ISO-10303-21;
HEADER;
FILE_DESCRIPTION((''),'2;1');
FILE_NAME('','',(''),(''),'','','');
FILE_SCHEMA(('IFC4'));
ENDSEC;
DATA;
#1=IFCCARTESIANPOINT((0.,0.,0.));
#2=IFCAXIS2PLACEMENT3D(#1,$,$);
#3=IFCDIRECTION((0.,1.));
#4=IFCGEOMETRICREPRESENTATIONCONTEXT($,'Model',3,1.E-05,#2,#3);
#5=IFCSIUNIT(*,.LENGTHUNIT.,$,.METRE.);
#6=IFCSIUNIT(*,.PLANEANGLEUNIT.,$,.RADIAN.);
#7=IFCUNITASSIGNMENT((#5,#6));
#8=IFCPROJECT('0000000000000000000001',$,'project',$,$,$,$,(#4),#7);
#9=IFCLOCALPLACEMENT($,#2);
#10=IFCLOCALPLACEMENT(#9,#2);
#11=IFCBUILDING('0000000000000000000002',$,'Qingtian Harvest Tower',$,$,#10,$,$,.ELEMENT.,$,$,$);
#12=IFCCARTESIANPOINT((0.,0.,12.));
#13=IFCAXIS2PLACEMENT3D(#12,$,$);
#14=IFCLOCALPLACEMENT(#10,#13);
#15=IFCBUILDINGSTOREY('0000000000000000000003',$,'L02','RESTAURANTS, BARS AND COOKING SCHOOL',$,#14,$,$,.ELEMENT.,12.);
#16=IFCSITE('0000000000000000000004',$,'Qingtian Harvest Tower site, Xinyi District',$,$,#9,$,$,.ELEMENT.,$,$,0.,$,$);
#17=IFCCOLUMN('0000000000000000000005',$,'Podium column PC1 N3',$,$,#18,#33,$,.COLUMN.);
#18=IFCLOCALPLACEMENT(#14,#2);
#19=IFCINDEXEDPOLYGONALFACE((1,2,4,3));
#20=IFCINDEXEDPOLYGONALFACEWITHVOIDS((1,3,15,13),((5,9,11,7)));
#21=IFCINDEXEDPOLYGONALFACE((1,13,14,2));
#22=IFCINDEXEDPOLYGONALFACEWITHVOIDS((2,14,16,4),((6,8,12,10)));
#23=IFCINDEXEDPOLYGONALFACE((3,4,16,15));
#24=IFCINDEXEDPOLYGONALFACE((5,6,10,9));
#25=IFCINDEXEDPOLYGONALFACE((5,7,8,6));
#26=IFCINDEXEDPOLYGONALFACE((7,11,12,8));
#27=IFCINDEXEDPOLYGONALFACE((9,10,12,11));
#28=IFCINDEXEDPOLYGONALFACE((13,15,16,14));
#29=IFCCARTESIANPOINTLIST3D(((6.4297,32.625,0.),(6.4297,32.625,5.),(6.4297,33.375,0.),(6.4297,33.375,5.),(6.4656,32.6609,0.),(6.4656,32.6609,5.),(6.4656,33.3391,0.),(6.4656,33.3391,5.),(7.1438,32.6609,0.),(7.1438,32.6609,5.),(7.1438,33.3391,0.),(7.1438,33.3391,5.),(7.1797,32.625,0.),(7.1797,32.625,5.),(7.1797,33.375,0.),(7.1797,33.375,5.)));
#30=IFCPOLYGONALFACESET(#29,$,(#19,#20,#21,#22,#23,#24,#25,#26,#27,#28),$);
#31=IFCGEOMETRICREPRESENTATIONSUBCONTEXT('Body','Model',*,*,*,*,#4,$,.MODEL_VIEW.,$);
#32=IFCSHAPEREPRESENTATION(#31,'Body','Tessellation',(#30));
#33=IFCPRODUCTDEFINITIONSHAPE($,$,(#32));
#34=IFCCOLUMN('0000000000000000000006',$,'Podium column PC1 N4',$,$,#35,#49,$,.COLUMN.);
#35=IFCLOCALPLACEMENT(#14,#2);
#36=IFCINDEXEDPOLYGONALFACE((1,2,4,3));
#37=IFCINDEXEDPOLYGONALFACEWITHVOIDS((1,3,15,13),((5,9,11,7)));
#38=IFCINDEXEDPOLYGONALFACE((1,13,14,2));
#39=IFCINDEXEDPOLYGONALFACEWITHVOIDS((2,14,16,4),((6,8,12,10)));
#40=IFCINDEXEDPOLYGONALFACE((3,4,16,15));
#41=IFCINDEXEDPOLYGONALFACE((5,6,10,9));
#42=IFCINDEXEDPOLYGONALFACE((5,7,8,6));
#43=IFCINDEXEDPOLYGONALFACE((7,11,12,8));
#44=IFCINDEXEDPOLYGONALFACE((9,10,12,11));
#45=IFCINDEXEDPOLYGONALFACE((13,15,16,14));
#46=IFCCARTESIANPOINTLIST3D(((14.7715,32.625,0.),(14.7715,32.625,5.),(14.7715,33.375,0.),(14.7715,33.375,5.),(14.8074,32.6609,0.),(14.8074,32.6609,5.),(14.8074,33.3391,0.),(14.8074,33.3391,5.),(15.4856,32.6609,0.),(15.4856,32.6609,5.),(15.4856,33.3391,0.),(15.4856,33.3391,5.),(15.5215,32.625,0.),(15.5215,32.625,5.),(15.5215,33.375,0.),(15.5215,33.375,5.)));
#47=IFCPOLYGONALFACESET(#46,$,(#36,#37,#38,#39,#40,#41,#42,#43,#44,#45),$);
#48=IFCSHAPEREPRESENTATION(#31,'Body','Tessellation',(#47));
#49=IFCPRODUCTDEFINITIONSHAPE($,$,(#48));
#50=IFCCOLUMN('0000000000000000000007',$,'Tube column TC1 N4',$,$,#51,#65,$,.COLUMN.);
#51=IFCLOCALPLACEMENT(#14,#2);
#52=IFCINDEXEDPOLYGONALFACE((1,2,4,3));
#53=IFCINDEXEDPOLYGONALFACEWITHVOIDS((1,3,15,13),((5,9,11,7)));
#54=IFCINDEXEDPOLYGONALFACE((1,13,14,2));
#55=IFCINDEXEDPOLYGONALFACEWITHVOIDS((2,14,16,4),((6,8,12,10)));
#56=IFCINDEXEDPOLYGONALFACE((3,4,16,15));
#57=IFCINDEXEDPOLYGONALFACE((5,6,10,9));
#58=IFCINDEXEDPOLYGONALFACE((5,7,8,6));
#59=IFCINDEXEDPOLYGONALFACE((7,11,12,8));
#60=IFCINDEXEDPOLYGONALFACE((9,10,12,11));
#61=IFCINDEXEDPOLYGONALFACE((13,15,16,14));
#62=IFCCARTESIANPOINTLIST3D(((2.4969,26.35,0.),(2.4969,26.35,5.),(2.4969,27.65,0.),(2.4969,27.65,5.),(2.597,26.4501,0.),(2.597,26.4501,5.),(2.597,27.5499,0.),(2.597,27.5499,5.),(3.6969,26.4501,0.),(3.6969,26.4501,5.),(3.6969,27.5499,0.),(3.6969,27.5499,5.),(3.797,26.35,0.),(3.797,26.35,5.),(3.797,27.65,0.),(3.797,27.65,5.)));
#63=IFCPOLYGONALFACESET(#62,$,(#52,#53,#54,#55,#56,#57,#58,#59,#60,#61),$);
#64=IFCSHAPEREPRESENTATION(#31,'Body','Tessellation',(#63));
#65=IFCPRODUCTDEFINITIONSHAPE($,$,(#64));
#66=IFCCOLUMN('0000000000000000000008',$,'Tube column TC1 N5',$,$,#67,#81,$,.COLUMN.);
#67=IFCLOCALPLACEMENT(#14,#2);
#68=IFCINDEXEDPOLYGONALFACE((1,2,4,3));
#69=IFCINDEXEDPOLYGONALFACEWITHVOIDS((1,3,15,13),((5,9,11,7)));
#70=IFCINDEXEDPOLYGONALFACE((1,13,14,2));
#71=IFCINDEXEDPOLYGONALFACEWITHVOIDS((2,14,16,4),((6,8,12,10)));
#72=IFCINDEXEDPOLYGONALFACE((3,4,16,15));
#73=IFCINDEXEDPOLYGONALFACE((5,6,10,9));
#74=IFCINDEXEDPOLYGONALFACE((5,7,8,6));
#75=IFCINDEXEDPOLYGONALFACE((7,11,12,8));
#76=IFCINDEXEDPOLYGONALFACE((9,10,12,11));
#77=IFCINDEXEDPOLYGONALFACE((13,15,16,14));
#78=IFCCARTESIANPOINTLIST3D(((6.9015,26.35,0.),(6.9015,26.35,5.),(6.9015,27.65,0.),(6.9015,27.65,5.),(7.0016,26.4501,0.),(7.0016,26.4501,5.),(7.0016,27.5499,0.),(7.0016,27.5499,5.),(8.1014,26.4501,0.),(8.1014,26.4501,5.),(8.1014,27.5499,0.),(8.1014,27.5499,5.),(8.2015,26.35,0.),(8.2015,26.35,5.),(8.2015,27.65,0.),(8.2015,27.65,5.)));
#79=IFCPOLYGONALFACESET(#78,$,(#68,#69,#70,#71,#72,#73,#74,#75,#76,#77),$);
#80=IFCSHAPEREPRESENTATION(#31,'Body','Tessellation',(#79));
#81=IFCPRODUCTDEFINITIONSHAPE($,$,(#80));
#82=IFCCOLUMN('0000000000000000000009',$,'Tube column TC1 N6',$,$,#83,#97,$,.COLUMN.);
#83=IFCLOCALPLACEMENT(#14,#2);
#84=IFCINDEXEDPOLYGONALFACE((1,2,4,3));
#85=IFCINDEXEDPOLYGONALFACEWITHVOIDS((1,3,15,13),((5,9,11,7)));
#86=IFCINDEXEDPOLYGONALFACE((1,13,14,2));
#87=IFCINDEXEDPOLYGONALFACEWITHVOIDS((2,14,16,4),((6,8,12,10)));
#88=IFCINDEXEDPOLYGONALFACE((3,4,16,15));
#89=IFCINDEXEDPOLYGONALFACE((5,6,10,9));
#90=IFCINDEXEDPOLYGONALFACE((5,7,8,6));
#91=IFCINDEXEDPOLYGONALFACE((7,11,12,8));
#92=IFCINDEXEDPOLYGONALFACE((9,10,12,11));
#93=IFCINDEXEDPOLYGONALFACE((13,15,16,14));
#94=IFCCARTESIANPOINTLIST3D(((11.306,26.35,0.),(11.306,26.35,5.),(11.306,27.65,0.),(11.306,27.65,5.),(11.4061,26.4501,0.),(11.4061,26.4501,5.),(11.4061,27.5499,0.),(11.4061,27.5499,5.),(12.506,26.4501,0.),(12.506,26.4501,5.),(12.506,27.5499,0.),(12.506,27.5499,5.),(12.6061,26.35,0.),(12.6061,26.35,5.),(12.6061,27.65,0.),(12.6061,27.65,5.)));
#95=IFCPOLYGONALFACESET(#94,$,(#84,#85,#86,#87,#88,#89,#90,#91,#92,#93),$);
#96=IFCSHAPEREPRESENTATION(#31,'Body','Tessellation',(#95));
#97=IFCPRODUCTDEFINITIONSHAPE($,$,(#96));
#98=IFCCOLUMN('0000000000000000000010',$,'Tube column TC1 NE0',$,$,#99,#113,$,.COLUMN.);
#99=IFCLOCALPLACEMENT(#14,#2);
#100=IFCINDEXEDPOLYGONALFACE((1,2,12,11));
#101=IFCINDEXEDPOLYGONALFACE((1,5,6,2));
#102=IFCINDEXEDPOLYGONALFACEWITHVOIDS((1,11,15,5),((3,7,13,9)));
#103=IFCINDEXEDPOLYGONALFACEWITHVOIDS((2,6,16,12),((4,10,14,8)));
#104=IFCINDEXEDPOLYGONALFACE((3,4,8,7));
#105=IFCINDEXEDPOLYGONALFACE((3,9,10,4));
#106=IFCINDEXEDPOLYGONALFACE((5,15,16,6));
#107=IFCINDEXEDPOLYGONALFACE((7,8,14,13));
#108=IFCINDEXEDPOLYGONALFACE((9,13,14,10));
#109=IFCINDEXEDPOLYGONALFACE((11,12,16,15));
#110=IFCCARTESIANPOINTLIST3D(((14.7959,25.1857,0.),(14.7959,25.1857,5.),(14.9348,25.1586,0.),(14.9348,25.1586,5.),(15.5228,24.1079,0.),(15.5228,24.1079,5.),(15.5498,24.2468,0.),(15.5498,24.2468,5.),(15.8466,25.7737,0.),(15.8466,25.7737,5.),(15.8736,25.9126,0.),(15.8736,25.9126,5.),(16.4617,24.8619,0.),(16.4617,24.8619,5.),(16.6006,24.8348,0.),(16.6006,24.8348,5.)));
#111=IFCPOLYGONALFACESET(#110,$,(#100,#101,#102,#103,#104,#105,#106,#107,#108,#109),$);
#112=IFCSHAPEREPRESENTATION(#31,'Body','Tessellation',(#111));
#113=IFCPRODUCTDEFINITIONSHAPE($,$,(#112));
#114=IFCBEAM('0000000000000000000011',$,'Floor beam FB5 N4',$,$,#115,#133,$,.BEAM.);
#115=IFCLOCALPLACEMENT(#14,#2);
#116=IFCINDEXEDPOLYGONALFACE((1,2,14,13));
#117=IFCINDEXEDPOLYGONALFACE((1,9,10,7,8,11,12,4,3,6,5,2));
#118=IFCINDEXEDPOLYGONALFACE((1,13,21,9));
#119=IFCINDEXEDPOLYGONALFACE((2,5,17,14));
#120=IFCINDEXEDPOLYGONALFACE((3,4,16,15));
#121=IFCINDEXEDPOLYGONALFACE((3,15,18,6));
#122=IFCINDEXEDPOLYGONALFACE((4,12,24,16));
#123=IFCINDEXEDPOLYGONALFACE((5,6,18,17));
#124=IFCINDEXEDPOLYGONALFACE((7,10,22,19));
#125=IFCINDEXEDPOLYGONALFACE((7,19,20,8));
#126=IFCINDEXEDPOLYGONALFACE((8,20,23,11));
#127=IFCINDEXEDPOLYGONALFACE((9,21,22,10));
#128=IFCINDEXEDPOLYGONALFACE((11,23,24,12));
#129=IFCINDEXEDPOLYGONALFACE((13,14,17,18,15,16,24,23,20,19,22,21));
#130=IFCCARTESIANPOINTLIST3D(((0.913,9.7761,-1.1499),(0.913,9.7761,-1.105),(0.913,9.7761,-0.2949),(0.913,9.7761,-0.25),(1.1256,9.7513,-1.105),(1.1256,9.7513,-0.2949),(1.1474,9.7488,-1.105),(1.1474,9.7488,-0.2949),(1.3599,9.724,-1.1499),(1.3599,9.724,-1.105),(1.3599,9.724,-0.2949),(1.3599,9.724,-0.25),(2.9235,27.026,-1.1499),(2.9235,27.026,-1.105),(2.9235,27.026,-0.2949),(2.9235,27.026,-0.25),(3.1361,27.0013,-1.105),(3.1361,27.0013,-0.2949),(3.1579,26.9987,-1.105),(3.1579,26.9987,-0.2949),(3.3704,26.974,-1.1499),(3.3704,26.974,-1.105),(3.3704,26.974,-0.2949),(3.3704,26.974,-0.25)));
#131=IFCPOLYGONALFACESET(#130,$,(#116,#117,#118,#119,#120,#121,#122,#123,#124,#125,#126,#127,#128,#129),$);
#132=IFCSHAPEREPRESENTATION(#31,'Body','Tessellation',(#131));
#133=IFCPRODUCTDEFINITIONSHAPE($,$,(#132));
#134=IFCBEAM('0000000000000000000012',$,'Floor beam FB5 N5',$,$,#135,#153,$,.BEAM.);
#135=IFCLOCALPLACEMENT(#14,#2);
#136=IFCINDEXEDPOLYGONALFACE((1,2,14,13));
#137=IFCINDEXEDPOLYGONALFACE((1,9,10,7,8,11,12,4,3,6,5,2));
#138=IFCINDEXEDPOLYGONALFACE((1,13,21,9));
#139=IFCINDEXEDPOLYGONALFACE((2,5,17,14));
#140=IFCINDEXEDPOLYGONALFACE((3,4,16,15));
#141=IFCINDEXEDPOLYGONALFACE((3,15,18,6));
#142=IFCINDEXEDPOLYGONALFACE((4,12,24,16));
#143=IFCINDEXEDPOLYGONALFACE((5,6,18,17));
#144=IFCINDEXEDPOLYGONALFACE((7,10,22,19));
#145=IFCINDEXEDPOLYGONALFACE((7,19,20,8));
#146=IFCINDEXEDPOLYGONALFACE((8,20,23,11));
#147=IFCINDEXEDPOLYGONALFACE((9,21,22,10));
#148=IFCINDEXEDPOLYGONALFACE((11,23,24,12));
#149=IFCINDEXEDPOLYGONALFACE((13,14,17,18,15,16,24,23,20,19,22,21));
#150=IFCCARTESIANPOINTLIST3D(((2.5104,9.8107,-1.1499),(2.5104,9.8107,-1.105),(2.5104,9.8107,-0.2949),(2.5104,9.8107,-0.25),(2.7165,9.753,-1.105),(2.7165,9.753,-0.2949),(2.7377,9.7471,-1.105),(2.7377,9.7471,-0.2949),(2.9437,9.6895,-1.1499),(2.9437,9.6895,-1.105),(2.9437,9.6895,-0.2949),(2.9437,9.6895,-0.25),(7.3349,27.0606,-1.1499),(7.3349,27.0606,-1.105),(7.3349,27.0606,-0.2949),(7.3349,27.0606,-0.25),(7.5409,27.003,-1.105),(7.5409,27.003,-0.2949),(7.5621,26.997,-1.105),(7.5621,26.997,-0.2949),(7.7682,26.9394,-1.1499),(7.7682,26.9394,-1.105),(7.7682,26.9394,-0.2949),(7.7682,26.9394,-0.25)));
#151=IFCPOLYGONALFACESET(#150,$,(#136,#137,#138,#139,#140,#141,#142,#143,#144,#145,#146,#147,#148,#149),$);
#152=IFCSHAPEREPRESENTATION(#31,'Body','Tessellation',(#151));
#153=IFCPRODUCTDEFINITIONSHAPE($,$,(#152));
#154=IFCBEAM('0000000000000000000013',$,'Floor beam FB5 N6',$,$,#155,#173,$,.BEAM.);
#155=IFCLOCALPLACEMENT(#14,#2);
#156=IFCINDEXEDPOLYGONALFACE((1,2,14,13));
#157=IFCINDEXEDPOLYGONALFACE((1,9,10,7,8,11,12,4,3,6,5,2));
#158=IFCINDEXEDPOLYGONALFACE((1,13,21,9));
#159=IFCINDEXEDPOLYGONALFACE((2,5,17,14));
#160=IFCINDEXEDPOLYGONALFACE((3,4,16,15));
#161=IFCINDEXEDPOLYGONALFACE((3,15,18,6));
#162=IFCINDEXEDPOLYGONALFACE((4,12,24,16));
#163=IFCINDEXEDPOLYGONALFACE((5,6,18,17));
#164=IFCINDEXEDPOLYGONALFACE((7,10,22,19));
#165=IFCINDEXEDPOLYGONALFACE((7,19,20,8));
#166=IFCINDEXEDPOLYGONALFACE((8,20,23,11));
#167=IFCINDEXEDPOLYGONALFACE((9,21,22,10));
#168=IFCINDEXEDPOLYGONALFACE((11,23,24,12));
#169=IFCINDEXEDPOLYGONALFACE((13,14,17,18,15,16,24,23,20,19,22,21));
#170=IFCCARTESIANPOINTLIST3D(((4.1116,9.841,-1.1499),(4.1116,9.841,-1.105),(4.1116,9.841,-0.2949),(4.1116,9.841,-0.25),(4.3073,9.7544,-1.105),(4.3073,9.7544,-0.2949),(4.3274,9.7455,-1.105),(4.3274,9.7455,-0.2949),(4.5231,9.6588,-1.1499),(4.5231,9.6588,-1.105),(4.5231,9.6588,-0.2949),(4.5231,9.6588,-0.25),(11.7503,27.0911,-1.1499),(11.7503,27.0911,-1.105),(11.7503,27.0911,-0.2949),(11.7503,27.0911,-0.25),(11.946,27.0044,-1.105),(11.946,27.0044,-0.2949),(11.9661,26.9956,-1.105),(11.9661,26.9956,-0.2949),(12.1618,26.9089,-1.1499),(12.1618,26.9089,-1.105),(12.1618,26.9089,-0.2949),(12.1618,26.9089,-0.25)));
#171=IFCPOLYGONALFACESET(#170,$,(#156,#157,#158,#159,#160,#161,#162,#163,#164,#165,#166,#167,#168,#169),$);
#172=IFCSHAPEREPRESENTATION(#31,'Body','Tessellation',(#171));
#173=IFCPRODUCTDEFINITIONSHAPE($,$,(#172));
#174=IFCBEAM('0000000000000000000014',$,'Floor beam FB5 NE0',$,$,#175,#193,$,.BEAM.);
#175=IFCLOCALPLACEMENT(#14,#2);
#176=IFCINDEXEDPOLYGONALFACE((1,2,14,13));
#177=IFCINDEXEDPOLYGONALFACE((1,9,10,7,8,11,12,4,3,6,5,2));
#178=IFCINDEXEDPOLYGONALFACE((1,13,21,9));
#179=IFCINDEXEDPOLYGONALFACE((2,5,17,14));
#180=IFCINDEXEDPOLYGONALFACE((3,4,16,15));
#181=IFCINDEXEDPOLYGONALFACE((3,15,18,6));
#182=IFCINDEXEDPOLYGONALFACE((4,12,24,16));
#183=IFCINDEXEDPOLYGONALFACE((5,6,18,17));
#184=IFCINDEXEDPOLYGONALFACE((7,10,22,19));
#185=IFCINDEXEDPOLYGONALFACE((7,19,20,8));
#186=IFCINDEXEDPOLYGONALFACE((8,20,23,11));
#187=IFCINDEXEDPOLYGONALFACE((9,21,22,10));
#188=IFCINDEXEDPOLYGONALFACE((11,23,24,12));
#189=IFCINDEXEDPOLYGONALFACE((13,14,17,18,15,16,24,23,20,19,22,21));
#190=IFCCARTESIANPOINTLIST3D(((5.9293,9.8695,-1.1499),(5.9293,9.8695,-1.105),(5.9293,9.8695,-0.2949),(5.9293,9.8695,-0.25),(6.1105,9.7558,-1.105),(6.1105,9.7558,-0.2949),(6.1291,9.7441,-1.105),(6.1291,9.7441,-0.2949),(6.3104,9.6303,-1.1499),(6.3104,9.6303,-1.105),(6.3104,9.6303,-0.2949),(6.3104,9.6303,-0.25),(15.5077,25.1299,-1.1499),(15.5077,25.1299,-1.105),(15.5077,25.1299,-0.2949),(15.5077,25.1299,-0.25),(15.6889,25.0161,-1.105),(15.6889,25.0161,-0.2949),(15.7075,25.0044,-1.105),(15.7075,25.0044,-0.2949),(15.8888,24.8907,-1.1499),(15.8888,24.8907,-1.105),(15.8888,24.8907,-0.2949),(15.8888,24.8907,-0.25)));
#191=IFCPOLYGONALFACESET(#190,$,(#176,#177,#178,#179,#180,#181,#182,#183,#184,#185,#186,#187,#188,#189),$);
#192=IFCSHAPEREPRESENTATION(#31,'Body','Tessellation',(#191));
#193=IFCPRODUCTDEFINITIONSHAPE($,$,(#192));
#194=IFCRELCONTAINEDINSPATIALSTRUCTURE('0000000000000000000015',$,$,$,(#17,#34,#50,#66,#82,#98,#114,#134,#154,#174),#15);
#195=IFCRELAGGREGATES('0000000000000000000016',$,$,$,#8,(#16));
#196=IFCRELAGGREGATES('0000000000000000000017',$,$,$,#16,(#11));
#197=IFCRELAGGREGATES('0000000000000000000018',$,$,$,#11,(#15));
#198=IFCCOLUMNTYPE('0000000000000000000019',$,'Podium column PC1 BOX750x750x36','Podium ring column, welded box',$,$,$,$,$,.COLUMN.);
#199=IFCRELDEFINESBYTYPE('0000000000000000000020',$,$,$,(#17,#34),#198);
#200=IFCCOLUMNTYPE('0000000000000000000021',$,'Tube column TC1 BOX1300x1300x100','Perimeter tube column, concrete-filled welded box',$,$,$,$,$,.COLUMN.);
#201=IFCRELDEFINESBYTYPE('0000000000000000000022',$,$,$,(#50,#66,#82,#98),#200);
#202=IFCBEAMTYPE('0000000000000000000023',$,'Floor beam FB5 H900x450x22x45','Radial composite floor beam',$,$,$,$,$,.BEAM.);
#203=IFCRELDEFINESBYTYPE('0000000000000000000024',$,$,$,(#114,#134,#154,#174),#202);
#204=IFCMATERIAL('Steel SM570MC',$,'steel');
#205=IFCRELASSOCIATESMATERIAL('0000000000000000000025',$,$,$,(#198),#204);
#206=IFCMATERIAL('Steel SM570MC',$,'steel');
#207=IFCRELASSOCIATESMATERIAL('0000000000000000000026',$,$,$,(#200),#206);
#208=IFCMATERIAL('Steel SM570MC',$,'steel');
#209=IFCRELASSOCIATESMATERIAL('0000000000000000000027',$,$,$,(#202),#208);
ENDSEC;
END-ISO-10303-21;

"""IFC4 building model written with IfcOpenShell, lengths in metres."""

from ifc_helpers import new_model, si_unit, direction, frame, origin, origin_2d, place, context, subcontext, project, spatial, hollow_rectangle, i_section, extrude, material, material_profile, profile_set, type_object, element, save


model = new_model("IFC4")

# Units and contexts
model_context = context("Model", 3, precision=1e-05, world=origin(), true_north=direction((0.0, 1.0)))
body_context = subcontext(model_context, "Body", "Model", "MODEL_VIEW")
ifc_project = project(units=[si_unit("LENGTHUNIT", "METRE"), si_unit("PLANEANGLEUNIT", "RADIAN")], contexts=[model_context])

# Site, building, storey
site_placement = place(None, origin())
site = spatial("IfcSite", under=ifc_project, at=site_placement, Name="Qingtian Harvest Tower site, Xinyi District", CompositionType="ELEMENT", RefElevation=0.0)
building_placement = place(site_placement, origin())
building = spatial("IfcBuilding", under=site, at=building_placement, Name="Qingtian Harvest Tower", CompositionType="ELEMENT")
storey_placement = place(building_placement, frame((0.0, 0.0, 12.0)))
storey = spatial("IfcBuildingStorey", under=building, at=storey_placement, Name="L02", Description="RESTAURANTS, BARS AND COOKING SCHOOL", CompositionType="ELEMENT", Elevation=12.0)

# Columns
ifc_material_1 = material(Name="Steel SM570MC", Category="steel")
ifc_material_profile_1 = material_profile(ifc_material_1, hollow_rectangle(XDim=0.75, YDim=0.75, WallThickness=0.0359, at=origin_2d()), Name="BOX750x750x36")
ifc_profile_set_1 = profile_set([ifc_material_profile_1], Name="Steel SM570MC")
column_type_1 = type_object("IfcColumnType", Name="Podium column PC1 BOX750x750x36", Description="Podium ring column, welded box", PredefinedType="COLUMN", material=ifc_profile_set_1)
for number, where, z_axis, x_axis, name in (
    (1, (6.8047, 33.0, 0.0), (0.0, 0.0, 1.0), (-1.0, 0.0, 0.0), "Podium column PC1 N3"),
    (2, (15.1465, 33.0, 0.0), (0.0, 0.0, 1.0), (-1.0, 0.0, 0.0), "Podium column PC1 N4"),
):
    element("IfcColumn", number, at=place(storey_placement, frame(where, z_axis=z_axis, x_axis=x_axis)), inside=storey, type_object=column_type_1, Name=name, PredefinedType="COLUMN", context=body_context, shape_type="SweptSolid", body=[
        extrude(hollow_rectangle(XDim=0.75, YDim=0.75, WallThickness=0.0359, at=origin_2d()), origin(), (0.0, 0.0, 1.0), 5.0),
    ])
ifc_material_2 = material(Name="Steel SM570MC", Category="steel")
ifc_material_profile_2 = material_profile(ifc_material_2, hollow_rectangle(XDim=1.3, YDim=1.3, WallThickness=0.1001, at=origin_2d()), Name="BOX1300x1300x100")
ifc_profile_set_2 = profile_set([ifc_material_profile_2], Name="Steel SM570MC")
column_type_2 = type_object("IfcColumnType", Name="Tube column TC1 BOX1300x1300x100", Description="Perimeter tube column, concrete-filled welded box", PredefinedType="COLUMN", material=ifc_profile_set_2)
for number, where, z_axis, x_axis, name in (
    (3, (3.147, 27.0, 0.0), (0.0, 0.0, 1.0), (-1.0, 0.0, 0.0), "Tube column TC1 N4"),
    (4, (7.5515, 27.0, 0.0), (0.0, 0.0, 1.0), (-1.0, 0.0, 0.0), "Tube column TC1 N5"),
    (5, (11.9561, 27.0, 0.0), (0.0, 0.0, 1.0), (-1.0, 0.0, 0.0), "Tube column TC1 N6"),
    (6, (15.6982, 25.0103, 0.0), (0.0, 0.0, 1.0), (-0.559193, 0.829038, 0.0), "Tube column TC1 NE0"),
):
    element("IfcColumn", number, at=place(storey_placement, frame(where, z_axis=z_axis, x_axis=x_axis)), inside=storey, type_object=column_type_2, Name=name, PredefinedType="COLUMN", context=body_context, shape_type="SweptSolid", body=[
        extrude(hollow_rectangle(XDim=1.3, YDim=1.3, WallThickness=0.1001, at=origin_2d()), origin(), (0.0, 0.0, 1.0), 5.0),
    ])

# Beams
ifc_material_3 = material(Name="Steel SM570MC", Category="steel")
ifc_material_profile_3 = material_profile(ifc_material_3, i_section(OverallWidth=0.45, OverallDepth=0.8999, WebThickness=0.022, FlangeThickness=0.0449, at=origin_2d()), Name="H900x450x22x45")
ifc_profile_set_3 = profile_set([ifc_material_profile_3], Name="Steel SM570MC")
beam_type_1 = type_object("IfcBeamType", Name="Floor beam FB5 H900x450x22x45", Description="Radial composite floor beam", PredefinedType="BEAM", material=ifc_profile_set_3)
beam_1_placement = place(storey_placement, frame((3.147, 27.0, -0.7), z_axis=(-0.115767, -0.993276, 0.0), x_axis=(0.993276, -0.115767, 0.0)))
element("IfcBeam", 7, at=beam_1_placement, inside=storey, type_object=beam_type_1, Name="Floor beam FB5 N4", PredefinedType="BEAM", context=body_context, shape_type="SweptSolid", body=[
    extrude(i_section(OverallWidth=0.45, OverallDepth=0.8999, WebThickness=0.022, FlangeThickness=0.0449, at=origin_2d()), origin(), (0.0, 0.0, 1.0), 17.3667),
])
beam_2_placement = place(storey_placement, frame((7.5515, 27.0, -0.7), z_axis=(-0.269343, -0.963044, 0.0), x_axis=(0.963044, -0.269343, 0.0)))
element("IfcBeam", 8, at=beam_2_placement, inside=storey, type_object=beam_type_1, Name="Floor beam FB5 N5", PredefinedType="BEAM", context=body_context, shape_type="SweptSolid", body=[
    extrude(i_section(OverallWidth=0.45, OverallDepth=0.8999, WebThickness=0.022, FlangeThickness=0.0449, at=origin_2d()), origin(), (0.0, 0.0, 1.0), 17.9119),
])
beam_3_placement = place(storey_placement, frame((11.9561, 27.0, -0.7), z_axis=(-0.404899, -0.914361, 0.0), x_axis=(0.914361, -0.404899, 0.0)))
element("IfcBeam", 9, at=beam_3_placement, inside=storey, type_object=beam_type_1, Name="Floor beam FB5 N6", PredefinedType="BEAM", context=body_context, shape_type="SweptSolid", body=[
    extrude(i_section(OverallWidth=0.45, OverallDepth=0.8999, WebThickness=0.022, FlangeThickness=0.0449, at=origin_2d()), origin(), (0.0, 0.0, 1.0), 18.8657),
])
beam_4_placement = place(storey_placement, frame((15.6982, 25.0103, -0.7), z_axis=(-0.531623, -0.846981, 0.0), x_axis=(0.846981, -0.531623, 0.0)))
element("IfcBeam", 10, at=beam_4_placement, inside=storey, type_object=beam_type_1, Name="Floor beam FB5 NE0", PredefinedType="BEAM", context=body_context, shape_type="SweptSolid", body=[
    extrude(i_section(OverallWidth=0.45, OverallDepth=0.8999, WebThickness=0.022, FlangeThickness=0.0449, at=origin_2d()), origin(), (0.0, 0.0, 1.0), 18.0173),
])

save(model, "model.ifc")
